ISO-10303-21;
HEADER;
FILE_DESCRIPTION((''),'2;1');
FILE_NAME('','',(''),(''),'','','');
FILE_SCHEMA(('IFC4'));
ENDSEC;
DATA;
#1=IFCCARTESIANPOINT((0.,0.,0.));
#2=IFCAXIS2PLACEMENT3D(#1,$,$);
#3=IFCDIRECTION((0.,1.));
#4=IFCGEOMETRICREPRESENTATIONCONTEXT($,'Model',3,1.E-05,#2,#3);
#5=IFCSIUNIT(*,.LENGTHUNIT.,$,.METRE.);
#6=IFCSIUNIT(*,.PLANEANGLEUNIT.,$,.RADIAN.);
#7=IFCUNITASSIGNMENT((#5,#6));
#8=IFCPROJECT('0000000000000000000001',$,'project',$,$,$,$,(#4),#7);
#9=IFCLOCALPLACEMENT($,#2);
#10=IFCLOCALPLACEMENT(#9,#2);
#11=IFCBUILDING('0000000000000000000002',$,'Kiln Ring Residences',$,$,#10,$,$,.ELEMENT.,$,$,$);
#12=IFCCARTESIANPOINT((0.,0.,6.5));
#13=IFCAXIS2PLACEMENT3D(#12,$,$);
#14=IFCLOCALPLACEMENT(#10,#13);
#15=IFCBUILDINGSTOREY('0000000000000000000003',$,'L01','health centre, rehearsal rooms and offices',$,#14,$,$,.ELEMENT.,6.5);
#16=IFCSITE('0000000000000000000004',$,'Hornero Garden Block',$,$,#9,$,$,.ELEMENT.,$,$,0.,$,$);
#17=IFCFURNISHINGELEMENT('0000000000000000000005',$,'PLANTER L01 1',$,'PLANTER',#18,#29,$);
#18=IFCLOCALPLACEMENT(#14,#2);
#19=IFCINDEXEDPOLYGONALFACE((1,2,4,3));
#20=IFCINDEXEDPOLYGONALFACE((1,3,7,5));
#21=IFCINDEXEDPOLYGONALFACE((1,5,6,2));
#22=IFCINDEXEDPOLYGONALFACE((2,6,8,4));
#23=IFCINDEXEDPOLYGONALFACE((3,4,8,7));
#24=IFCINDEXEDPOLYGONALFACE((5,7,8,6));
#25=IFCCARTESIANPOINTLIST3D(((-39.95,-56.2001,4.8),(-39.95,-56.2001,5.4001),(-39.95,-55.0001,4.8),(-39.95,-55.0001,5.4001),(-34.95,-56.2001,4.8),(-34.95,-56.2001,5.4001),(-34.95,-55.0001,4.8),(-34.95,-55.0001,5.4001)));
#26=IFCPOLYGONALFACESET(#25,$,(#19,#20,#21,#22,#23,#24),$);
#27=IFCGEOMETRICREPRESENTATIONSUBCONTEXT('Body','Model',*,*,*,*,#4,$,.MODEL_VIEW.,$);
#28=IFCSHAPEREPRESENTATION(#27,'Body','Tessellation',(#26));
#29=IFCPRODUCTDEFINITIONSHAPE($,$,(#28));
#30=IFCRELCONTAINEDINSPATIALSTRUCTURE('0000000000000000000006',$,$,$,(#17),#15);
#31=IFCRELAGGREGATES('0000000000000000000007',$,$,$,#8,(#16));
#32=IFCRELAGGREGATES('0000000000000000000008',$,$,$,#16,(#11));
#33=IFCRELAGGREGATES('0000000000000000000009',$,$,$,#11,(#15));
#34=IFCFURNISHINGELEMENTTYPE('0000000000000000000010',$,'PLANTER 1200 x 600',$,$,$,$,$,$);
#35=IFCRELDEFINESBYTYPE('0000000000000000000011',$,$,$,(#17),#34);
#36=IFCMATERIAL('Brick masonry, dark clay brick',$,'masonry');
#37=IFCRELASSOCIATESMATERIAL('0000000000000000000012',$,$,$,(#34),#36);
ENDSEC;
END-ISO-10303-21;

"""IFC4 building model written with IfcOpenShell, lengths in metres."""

from ifc_helpers import new_model, si_unit, direction, frame, origin, origin_2d, place, context, subcontext, project, spatial, rectangle, extrude, material, type_object, element, save


model = new_model("IFC4")

# Units and contexts
model_context = context("Model", 3, precision=1e-05, world=origin(), true_north=direction((0.0, 1.0)))
body_context = subcontext(model_context, "Body", "Model", "MODEL_VIEW")
ifc_project = project(units=[si_unit("LENGTHUNIT", "METRE"), si_unit("PLANEANGLEUNIT", "RADIAN")], contexts=[model_context])

# Site, building, storey
site_placement = place(None, origin())
site = spatial("IfcSite", under=ifc_project, at=site_placement, Name="Hornero Garden Block", CompositionType="ELEMENT", RefElevation=0.0)
building_placement = place(site_placement, origin())
building = spatial("IfcBuilding", under=site, at=building_placement, Name="Kiln Ring Residences", CompositionType="ELEMENT")
storey_placement = place(building_placement, frame((0.0, 0.0, 6.5)))
storey = spatial("IfcBuildingStorey", under=building, at=storey_placement, Name="L01", Description="health centre, rehearsal rooms and offices", CompositionType="ELEMENT", Elevation=6.5)

# Furnishing element
ifc_material_1 = material(Name="Brick masonry, dark clay brick", Category="masonry")
furnishing_element_type = type_object("IfcFurnishingElementType", Name="PLANTER 1200 x 600", material=ifc_material_1)
furnishing_placement = place(storey_placement, frame((-37.45, -55.6001, 4.8), z_axis=(0.0, 0.0, 1.0), x_axis=(1.0, 0.0, 0.0)))
element("IfcFurnishingElement", 1, at=furnishing_placement, inside=storey, type_object=furnishing_element_type, Name="PLANTER L01 1", ObjectType="PLANTER", context=body_context, shape_type="SweptSolid", body=[
    extrude(rectangle(XDim=5.0, YDim=1.2, at=origin_2d()), origin(), (0.0, 0.0, 1.0), 0.6001),
])

save(model, "model.ifc")
